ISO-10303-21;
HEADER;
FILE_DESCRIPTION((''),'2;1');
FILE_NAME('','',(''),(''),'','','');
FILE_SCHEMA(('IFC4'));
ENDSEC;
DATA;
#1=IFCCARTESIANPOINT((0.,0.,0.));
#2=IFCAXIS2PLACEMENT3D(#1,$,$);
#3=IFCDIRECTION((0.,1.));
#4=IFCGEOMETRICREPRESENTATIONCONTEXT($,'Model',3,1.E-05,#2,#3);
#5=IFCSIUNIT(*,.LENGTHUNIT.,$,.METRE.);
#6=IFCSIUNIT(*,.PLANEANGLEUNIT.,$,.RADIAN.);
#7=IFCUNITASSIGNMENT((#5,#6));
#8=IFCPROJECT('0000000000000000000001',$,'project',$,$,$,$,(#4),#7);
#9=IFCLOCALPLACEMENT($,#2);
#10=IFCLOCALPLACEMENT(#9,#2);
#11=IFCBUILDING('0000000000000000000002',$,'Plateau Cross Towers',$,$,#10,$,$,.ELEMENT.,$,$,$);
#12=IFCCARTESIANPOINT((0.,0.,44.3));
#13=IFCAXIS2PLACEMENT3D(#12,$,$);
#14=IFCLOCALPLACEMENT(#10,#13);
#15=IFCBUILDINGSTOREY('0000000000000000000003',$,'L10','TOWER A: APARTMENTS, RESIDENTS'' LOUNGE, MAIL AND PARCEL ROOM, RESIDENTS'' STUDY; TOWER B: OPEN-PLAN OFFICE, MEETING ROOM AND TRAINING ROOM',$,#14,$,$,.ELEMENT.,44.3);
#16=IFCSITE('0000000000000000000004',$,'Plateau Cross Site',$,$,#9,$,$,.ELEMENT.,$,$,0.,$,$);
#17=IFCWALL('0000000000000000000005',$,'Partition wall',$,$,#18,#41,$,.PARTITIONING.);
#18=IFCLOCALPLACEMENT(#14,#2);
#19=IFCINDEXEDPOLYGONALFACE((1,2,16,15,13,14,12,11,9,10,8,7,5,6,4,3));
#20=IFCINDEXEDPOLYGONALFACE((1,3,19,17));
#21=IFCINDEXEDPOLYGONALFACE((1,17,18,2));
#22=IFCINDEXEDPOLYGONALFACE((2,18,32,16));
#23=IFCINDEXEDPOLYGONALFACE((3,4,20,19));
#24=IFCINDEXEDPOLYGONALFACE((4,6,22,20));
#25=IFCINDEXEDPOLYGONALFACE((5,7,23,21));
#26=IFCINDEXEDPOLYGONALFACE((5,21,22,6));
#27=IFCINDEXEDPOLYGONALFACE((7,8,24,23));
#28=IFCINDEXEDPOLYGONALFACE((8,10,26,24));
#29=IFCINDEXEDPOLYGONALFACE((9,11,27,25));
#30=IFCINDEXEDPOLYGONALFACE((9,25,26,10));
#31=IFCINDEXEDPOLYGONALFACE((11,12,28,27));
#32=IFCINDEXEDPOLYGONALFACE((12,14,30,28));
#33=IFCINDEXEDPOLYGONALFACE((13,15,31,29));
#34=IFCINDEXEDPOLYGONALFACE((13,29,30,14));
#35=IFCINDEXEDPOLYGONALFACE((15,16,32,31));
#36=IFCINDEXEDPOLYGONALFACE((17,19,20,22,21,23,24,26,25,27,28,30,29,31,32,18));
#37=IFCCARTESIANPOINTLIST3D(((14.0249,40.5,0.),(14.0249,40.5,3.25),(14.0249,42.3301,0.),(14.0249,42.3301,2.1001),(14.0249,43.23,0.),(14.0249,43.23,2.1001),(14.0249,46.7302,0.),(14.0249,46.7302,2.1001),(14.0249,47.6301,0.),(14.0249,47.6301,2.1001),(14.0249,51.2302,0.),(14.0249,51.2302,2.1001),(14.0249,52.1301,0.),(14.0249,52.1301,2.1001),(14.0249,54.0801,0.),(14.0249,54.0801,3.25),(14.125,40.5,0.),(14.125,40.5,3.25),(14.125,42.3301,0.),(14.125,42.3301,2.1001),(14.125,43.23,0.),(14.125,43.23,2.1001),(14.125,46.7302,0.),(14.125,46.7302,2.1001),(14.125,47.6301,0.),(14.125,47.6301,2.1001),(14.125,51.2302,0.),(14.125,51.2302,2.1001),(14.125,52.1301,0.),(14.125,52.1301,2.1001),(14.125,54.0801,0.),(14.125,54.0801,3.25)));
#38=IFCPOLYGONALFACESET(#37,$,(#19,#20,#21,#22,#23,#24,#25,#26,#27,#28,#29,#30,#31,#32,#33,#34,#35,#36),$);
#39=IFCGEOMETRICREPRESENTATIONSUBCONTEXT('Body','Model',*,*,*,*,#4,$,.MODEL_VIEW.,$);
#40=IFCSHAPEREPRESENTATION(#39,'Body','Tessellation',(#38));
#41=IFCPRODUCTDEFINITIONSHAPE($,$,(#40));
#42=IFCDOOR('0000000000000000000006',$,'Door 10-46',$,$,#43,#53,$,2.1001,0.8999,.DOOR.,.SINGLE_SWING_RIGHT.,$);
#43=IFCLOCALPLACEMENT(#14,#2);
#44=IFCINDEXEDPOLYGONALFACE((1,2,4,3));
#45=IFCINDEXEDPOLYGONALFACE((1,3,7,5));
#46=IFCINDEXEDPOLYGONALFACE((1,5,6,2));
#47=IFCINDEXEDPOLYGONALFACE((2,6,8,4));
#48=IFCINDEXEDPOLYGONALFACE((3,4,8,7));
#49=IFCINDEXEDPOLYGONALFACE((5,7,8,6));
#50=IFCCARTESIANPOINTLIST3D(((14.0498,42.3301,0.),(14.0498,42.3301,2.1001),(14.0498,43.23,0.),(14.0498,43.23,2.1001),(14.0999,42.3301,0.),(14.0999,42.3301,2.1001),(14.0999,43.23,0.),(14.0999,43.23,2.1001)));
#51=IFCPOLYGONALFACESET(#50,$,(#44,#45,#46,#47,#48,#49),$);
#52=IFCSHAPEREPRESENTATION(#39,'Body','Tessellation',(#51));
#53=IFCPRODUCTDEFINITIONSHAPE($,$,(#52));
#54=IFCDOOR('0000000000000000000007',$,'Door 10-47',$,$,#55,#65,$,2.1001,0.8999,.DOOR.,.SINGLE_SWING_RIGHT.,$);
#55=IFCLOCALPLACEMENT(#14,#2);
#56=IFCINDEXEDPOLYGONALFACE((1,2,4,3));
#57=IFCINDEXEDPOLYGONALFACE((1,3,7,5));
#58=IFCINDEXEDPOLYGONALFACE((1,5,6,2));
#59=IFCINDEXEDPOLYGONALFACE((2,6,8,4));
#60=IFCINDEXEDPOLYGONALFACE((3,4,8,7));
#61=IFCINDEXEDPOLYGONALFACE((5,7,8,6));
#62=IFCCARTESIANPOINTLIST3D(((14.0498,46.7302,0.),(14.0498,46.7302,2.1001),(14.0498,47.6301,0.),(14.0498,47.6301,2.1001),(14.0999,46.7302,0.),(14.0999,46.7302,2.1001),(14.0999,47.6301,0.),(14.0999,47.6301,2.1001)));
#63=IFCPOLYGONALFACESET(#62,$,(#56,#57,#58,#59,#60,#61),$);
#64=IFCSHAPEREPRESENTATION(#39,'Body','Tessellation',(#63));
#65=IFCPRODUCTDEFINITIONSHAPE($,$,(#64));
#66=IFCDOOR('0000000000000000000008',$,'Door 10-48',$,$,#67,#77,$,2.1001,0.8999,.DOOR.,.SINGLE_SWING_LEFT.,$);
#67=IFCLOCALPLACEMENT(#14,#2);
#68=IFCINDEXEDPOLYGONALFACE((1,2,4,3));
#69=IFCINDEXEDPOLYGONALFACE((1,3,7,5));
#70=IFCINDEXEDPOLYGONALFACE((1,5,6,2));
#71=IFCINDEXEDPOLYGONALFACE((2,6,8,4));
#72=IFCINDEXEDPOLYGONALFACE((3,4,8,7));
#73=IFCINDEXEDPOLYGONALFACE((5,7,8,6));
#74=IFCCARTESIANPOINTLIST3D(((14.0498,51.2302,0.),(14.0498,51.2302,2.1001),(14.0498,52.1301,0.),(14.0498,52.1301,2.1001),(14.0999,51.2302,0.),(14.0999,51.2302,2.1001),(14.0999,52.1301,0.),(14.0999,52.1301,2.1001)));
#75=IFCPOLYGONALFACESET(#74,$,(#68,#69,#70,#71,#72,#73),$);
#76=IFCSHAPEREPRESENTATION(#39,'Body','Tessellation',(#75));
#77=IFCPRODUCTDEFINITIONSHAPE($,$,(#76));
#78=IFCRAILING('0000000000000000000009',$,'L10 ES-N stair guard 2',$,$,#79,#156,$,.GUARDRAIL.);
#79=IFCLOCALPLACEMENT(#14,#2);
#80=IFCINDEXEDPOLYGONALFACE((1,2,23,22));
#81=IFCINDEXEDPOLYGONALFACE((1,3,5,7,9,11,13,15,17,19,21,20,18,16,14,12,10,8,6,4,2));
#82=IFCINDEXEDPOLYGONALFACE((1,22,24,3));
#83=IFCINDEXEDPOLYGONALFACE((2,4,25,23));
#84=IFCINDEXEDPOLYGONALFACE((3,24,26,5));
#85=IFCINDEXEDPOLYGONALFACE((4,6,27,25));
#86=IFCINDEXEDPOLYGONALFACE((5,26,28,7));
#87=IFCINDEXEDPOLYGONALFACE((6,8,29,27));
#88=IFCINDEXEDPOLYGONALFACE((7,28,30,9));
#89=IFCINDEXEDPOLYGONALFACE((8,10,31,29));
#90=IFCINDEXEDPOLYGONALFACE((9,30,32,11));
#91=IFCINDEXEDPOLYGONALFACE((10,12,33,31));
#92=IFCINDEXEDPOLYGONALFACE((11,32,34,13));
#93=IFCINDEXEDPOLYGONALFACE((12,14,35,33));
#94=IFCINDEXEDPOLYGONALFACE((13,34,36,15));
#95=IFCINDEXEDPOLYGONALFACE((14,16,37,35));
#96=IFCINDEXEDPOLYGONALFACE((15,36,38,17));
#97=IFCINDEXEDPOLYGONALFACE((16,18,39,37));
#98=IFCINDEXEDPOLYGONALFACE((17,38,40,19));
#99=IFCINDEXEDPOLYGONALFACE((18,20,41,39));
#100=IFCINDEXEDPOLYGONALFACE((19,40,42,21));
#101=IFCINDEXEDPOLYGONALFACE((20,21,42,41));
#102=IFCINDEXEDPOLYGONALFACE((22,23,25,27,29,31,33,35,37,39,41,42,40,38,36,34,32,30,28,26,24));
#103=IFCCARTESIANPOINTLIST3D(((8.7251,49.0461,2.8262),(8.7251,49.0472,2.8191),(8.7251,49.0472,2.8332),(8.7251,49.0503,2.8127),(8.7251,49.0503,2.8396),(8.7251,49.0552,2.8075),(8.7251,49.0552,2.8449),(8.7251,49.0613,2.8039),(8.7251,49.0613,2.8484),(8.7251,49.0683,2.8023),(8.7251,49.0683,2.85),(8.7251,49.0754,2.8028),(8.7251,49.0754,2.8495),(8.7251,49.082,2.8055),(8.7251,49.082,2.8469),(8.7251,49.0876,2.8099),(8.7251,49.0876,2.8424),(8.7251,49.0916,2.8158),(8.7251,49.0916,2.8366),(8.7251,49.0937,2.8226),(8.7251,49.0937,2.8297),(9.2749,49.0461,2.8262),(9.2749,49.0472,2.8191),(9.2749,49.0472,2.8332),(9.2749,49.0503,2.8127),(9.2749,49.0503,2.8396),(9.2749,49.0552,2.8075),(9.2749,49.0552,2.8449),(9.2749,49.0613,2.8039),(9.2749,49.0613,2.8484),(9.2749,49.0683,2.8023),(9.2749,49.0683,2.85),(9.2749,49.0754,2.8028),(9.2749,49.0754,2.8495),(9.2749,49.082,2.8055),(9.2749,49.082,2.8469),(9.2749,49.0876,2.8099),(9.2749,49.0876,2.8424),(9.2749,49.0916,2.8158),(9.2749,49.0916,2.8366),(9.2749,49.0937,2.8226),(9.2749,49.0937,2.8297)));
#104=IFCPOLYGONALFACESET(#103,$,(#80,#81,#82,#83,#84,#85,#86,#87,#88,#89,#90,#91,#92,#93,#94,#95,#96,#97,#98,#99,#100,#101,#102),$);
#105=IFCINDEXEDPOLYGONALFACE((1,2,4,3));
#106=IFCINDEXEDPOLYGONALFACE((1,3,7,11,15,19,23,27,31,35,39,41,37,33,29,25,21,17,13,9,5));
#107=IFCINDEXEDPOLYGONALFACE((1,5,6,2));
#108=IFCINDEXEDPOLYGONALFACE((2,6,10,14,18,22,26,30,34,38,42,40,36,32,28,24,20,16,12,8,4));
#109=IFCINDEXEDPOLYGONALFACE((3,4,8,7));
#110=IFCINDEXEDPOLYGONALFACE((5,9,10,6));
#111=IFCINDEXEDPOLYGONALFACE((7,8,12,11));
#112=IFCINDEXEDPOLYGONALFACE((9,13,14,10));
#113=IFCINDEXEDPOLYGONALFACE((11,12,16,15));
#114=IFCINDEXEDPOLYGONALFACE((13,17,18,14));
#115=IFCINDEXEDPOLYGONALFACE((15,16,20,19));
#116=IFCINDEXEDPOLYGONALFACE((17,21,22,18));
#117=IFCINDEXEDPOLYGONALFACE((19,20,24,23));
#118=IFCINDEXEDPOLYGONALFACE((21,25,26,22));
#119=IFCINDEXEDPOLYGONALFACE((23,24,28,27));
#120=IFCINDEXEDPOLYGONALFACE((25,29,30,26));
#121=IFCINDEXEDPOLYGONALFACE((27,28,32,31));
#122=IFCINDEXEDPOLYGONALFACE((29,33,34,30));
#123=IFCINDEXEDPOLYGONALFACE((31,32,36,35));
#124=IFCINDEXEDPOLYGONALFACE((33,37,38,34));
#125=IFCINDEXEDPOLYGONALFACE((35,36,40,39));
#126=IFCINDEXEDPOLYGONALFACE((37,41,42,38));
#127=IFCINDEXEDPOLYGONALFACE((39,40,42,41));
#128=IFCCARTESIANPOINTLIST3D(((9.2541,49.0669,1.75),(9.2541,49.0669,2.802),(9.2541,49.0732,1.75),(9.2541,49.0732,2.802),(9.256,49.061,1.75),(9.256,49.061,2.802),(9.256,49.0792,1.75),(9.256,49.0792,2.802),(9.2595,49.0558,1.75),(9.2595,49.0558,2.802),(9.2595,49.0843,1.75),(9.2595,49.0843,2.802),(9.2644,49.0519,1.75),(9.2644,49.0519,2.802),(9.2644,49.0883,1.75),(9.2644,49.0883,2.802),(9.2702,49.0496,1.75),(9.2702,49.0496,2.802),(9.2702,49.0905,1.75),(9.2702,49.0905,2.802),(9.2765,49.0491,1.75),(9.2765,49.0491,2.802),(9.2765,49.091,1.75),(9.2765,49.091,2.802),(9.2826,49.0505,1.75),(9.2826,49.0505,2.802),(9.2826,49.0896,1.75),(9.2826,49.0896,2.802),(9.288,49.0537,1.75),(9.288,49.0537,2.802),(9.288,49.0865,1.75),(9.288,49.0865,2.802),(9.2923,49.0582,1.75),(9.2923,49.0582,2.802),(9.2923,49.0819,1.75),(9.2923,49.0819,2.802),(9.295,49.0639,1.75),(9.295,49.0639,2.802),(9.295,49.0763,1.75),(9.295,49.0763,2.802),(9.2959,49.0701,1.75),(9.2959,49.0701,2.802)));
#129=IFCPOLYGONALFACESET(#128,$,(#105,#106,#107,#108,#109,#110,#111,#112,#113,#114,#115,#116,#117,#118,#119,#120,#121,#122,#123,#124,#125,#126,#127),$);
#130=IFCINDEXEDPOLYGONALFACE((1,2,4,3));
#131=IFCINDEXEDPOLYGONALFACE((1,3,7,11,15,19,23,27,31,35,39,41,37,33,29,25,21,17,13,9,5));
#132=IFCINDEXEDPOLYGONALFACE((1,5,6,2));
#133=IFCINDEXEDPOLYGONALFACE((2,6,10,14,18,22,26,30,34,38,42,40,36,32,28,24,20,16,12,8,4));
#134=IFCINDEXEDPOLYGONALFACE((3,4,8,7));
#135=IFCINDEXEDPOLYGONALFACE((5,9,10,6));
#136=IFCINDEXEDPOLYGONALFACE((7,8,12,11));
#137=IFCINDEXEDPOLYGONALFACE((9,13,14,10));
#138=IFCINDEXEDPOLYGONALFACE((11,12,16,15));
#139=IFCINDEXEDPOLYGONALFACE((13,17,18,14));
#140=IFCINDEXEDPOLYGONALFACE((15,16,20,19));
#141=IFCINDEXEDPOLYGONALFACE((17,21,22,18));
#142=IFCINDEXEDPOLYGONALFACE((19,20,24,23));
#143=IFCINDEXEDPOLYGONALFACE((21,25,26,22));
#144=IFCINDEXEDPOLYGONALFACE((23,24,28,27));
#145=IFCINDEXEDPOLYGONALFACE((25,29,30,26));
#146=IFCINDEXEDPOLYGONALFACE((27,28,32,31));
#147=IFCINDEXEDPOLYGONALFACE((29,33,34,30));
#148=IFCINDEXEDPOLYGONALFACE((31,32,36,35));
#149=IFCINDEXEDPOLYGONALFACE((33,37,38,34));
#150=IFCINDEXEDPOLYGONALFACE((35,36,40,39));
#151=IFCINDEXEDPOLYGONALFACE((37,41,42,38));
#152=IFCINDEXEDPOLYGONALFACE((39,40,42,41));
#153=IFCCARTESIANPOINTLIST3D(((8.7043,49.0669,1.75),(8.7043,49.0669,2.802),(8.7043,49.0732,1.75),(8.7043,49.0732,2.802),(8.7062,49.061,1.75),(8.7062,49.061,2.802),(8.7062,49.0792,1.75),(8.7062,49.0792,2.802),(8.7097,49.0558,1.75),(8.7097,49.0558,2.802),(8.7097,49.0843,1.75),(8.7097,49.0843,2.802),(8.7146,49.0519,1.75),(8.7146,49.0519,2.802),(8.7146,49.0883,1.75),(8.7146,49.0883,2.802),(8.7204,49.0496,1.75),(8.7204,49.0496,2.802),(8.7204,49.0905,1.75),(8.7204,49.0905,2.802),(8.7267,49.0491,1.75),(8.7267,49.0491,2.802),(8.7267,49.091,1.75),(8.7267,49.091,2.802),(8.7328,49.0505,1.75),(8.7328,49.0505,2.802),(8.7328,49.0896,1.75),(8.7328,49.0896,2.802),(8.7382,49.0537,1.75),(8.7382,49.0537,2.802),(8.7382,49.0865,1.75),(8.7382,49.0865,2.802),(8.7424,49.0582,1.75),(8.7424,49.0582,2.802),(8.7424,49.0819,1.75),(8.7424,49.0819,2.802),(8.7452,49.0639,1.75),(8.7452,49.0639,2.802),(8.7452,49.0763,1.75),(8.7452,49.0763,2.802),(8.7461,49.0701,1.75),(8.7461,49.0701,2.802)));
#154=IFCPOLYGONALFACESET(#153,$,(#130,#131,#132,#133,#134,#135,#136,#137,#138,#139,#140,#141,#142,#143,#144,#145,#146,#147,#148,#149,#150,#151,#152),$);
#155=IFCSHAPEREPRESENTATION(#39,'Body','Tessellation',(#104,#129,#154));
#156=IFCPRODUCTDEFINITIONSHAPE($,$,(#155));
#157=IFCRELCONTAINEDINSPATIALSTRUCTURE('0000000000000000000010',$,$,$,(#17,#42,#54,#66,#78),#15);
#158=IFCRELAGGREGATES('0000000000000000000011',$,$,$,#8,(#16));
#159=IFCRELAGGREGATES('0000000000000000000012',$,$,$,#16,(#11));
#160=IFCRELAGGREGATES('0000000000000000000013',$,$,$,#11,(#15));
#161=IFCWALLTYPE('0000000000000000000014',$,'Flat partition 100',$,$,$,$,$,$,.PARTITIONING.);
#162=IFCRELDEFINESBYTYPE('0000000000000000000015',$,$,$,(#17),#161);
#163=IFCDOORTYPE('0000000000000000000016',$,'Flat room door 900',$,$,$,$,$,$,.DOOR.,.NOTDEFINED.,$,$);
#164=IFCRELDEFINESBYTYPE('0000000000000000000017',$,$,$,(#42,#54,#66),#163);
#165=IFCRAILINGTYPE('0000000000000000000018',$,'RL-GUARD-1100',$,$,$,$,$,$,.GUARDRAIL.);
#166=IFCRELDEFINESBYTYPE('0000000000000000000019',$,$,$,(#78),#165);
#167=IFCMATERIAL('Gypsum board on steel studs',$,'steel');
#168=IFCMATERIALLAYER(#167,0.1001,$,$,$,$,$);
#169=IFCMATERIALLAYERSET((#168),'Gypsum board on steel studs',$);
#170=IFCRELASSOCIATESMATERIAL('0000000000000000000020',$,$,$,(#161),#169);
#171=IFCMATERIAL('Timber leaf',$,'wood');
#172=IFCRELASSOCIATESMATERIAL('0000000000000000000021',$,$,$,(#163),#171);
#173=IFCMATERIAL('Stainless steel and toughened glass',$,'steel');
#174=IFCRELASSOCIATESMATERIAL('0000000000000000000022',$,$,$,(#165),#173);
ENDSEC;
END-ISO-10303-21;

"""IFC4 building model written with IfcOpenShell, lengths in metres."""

from ifc_helpers import new_model, si_unit, direction, frame, frame_2d, origin, origin_2d, place, context, subcontext, project, spatial, rectangle, circle, extrude, material, layer, layer_set, type_object, element, fill, save


model = new_model("IFC4")

# Units and contexts
model_context = context("Model", 3, precision=1e-05, world=origin(), true_north=direction((0.0, 1.0)))
body_context = subcontext(model_context, "Body", "Model", "MODEL_VIEW")
ifc_project = project(units=[si_unit("LENGTHUNIT", "METRE"), si_unit("PLANEANGLEUNIT", "RADIAN")], contexts=[model_context])

# Site, building, storey
site_placement = place(None, origin())
site = spatial("IfcSite", under=ifc_project, at=site_placement, Name="Plateau Cross Site", CompositionType="ELEMENT", RefElevation=0.0)
building_placement = place(site_placement, origin())
building = spatial("IfcBuilding", under=site, at=building_placement, Name="Plateau Cross Towers", CompositionType="ELEMENT")
storey_placement = place(building_placement, frame((0.0, 0.0, 44.3)))
storey = spatial("IfcBuildingStorey", under=building, at=storey_placement, Name="L10", Description="TOWER A: APARTMENTS, RESIDENTS' LOUNGE, MAIL AND PARCEL ROOM, RESIDENTS' STUDY; TOWER B: OPEN-PLAN OFFICE, MEETING ROOM AND TRAINING ROOM", CompositionType="ELEMENT", Elevation=44.3)

# Shared definitions
ifc_material_1 = material(Name="Gypsum board on steel studs", Category="steel")
ifc_layer_1 = layer(ifc_material_1, 0.1001)
ifc_layer_set_1 = layer_set([ifc_layer_1], Name="Gypsum board on steel studs")
wall_type = type_object("IfcWallType", Name="Flat partition 100", PredefinedType="PARTITIONING", material=ifc_layer_set_1)

# Wall, openings, doors
wall_1_placement = place(storey_placement, frame((14.075, 54.0801, 0.0), z_axis=(0.0, 0.0, 1.0), x_axis=(0.0, -1.0, 0.0)))
wall_1 = element("IfcWall", 1, at=wall_1_placement, inside=storey, type_object=wall_type, Name="Partition wall", PredefinedType="PARTITIONING", context=body_context, shape_type="SweptSolid", body=[
    extrude(rectangle(XDim=13.5801, YDim=0.1001, at=frame_2d((6.79, 0.0))), origin(), (0.0, 0.0, 1.0), 3.25),
])
opening_1_placement = place(wall_1_placement, frame((10.8501, 0.0, 0.0)))
opening_1 = element("IfcOpeningElement", 2, at=opening_1_placement, cuts=wall_1, PredefinedType="OPENING", context=body_context, shape_type="SweptSolid", body=[
    extrude(rectangle(XDim=0.8999, YDim=2.1001, at=frame_2d((0.45, 1.05))), frame((0.0, 0.0601, 0.0), z_axis=(0.0, -1.0, 0.0), x_axis=(1.0, 0.0, 0.0)), (0.0, 0.0, 1.0), 0.1201),
])
opening_2_placement = place(wall_1_placement, frame((6.45, 0.0, 0.0)))
opening_2 = element("IfcOpeningElement", 3, at=opening_2_placement, cuts=wall_1, PredefinedType="OPENING", context=body_context, shape_type="SweptSolid", body=[
    extrude(rectangle(XDim=0.8999, YDim=2.1001, at=frame_2d((0.45, 1.05))), frame((0.0, 0.0601, 0.0), z_axis=(0.0, -1.0, 0.0), x_axis=(1.0, 0.0, 0.0)), (0.0, 0.0, 1.0), 0.1201),
])
opening_3_placement = place(wall_1_placement, frame((1.95, 0.0, 0.0)))
opening_3 = element("IfcOpeningElement", 4, at=opening_3_placement, cuts=wall_1, PredefinedType="OPENING", context=body_context, shape_type="SweptSolid", body=[
    extrude(rectangle(XDim=0.8999, YDim=2.1001, at=frame_2d((0.45, 1.05))), frame((0.0, 0.0601, 0.0), z_axis=(0.0, -1.0, 0.0), x_axis=(1.0, 0.0, 0.0)), (0.0, 0.0, 1.0), 0.1201),
])
ifc_material_2 = material(Name="Timber leaf", Category="wood")
door_type = type_object("IfcDoorType", Name="Flat room door 900", OperationType="NOTDEFINED", PredefinedType="DOOR", material=ifc_material_2)
door_1_placement = place(opening_1_placement, origin())
door_1 = element("IfcDoor", 5, at=door_1_placement, inside=storey, type_object=door_type, Name="Door 10-46", OperationType="SINGLE_SWING_RIGHT", OverallHeight=2.1001, OverallWidth=0.8999, PredefinedType="DOOR", context=body_context, shape_type="SweptSolid", body=[
    extrude(rectangle(XDim=0.8999, YDim=2.1001, at=frame_2d((0.45, 1.05))), frame((0.0, 0.0249, 0.0), z_axis=(0.0, -1.0, 0.0), x_axis=(1.0, 0.0, 0.0)), (0.0, 0.0, 1.0), 0.05),
])
fill(opening_1, door_1)
door_2_placement = place(opening_2_placement, origin())
door_2 = element("IfcDoor", 6, at=door_2_placement, inside=storey, type_object=door_type, Name="Door 10-47", OperationType="SINGLE_SWING_RIGHT", OverallHeight=2.1001, OverallWidth=0.8999, PredefinedType="DOOR", context=body_context, shape_type="SweptSolid", body=[
    extrude(rectangle(XDim=0.8999, YDim=2.1001, at=frame_2d((0.45, 1.05))), frame((0.0, 0.0249, 0.0), z_axis=(0.0, -1.0, 0.0), x_axis=(1.0, 0.0, 0.0)), (0.0, 0.0, 1.0), 0.05),
])
fill(opening_2, door_2)
door_3_placement = place(opening_3_placement, origin())
door_3 = element("IfcDoor", 7, at=door_3_placement, inside=storey, type_object=door_type, Name="Door 10-48", OperationType="SINGLE_SWING_LEFT", OverallHeight=2.1001, OverallWidth=0.8999, PredefinedType="DOOR", context=body_context, shape_type="SweptSolid", body=[
    extrude(rectangle(XDim=0.8999, YDim=2.1001, at=frame_2d((0.45, 1.05))), frame((0.0, 0.0249, 0.0), z_axis=(0.0, -1.0, 0.0), x_axis=(1.0, 0.0, 0.0)), (0.0, 0.0, 1.0), 0.05),
])
fill(opening_3, door_3)

# Railing
ifc_material_3 = material(Name="Stainless steel and toughened glass", Category="steel")
railing_type = type_object("IfcRailingType", Name="RL-GUARD-1100", PredefinedType="GUARDRAIL", material=ifc_material_3)
railing_placement = place(storey_placement, frame((9.2749, 49.0701, 1.75)))
element("IfcRailing", 8, at=railing_placement, inside=storey, type_object=railing_type, Name="L10 ES-N stair guard 2", PredefinedType="GUARDRAIL", context=body_context, shape_type="SweptSolid", body=[
    extrude(circle(Radius=0.0239, at=origin_2d()), frame((0.0, 0.0, 1.0762), z_axis=(-1.0, 0.0, 0.0), x_axis=(0.0, -1.0, 0.0)), (0.0, 0.0, 1.0), 0.5498),
    extrude(circle(Radius=0.021, at=origin_2d()), origin(), (0.0, 0.0, 1.0), 1.052),
    extrude(circle(Radius=0.021, at=origin_2d()), frame((-0.5498, 0.0, 0.0)), (0.0, 0.0, 1.0), 1.052),
])

save(model, "model.ifc")
